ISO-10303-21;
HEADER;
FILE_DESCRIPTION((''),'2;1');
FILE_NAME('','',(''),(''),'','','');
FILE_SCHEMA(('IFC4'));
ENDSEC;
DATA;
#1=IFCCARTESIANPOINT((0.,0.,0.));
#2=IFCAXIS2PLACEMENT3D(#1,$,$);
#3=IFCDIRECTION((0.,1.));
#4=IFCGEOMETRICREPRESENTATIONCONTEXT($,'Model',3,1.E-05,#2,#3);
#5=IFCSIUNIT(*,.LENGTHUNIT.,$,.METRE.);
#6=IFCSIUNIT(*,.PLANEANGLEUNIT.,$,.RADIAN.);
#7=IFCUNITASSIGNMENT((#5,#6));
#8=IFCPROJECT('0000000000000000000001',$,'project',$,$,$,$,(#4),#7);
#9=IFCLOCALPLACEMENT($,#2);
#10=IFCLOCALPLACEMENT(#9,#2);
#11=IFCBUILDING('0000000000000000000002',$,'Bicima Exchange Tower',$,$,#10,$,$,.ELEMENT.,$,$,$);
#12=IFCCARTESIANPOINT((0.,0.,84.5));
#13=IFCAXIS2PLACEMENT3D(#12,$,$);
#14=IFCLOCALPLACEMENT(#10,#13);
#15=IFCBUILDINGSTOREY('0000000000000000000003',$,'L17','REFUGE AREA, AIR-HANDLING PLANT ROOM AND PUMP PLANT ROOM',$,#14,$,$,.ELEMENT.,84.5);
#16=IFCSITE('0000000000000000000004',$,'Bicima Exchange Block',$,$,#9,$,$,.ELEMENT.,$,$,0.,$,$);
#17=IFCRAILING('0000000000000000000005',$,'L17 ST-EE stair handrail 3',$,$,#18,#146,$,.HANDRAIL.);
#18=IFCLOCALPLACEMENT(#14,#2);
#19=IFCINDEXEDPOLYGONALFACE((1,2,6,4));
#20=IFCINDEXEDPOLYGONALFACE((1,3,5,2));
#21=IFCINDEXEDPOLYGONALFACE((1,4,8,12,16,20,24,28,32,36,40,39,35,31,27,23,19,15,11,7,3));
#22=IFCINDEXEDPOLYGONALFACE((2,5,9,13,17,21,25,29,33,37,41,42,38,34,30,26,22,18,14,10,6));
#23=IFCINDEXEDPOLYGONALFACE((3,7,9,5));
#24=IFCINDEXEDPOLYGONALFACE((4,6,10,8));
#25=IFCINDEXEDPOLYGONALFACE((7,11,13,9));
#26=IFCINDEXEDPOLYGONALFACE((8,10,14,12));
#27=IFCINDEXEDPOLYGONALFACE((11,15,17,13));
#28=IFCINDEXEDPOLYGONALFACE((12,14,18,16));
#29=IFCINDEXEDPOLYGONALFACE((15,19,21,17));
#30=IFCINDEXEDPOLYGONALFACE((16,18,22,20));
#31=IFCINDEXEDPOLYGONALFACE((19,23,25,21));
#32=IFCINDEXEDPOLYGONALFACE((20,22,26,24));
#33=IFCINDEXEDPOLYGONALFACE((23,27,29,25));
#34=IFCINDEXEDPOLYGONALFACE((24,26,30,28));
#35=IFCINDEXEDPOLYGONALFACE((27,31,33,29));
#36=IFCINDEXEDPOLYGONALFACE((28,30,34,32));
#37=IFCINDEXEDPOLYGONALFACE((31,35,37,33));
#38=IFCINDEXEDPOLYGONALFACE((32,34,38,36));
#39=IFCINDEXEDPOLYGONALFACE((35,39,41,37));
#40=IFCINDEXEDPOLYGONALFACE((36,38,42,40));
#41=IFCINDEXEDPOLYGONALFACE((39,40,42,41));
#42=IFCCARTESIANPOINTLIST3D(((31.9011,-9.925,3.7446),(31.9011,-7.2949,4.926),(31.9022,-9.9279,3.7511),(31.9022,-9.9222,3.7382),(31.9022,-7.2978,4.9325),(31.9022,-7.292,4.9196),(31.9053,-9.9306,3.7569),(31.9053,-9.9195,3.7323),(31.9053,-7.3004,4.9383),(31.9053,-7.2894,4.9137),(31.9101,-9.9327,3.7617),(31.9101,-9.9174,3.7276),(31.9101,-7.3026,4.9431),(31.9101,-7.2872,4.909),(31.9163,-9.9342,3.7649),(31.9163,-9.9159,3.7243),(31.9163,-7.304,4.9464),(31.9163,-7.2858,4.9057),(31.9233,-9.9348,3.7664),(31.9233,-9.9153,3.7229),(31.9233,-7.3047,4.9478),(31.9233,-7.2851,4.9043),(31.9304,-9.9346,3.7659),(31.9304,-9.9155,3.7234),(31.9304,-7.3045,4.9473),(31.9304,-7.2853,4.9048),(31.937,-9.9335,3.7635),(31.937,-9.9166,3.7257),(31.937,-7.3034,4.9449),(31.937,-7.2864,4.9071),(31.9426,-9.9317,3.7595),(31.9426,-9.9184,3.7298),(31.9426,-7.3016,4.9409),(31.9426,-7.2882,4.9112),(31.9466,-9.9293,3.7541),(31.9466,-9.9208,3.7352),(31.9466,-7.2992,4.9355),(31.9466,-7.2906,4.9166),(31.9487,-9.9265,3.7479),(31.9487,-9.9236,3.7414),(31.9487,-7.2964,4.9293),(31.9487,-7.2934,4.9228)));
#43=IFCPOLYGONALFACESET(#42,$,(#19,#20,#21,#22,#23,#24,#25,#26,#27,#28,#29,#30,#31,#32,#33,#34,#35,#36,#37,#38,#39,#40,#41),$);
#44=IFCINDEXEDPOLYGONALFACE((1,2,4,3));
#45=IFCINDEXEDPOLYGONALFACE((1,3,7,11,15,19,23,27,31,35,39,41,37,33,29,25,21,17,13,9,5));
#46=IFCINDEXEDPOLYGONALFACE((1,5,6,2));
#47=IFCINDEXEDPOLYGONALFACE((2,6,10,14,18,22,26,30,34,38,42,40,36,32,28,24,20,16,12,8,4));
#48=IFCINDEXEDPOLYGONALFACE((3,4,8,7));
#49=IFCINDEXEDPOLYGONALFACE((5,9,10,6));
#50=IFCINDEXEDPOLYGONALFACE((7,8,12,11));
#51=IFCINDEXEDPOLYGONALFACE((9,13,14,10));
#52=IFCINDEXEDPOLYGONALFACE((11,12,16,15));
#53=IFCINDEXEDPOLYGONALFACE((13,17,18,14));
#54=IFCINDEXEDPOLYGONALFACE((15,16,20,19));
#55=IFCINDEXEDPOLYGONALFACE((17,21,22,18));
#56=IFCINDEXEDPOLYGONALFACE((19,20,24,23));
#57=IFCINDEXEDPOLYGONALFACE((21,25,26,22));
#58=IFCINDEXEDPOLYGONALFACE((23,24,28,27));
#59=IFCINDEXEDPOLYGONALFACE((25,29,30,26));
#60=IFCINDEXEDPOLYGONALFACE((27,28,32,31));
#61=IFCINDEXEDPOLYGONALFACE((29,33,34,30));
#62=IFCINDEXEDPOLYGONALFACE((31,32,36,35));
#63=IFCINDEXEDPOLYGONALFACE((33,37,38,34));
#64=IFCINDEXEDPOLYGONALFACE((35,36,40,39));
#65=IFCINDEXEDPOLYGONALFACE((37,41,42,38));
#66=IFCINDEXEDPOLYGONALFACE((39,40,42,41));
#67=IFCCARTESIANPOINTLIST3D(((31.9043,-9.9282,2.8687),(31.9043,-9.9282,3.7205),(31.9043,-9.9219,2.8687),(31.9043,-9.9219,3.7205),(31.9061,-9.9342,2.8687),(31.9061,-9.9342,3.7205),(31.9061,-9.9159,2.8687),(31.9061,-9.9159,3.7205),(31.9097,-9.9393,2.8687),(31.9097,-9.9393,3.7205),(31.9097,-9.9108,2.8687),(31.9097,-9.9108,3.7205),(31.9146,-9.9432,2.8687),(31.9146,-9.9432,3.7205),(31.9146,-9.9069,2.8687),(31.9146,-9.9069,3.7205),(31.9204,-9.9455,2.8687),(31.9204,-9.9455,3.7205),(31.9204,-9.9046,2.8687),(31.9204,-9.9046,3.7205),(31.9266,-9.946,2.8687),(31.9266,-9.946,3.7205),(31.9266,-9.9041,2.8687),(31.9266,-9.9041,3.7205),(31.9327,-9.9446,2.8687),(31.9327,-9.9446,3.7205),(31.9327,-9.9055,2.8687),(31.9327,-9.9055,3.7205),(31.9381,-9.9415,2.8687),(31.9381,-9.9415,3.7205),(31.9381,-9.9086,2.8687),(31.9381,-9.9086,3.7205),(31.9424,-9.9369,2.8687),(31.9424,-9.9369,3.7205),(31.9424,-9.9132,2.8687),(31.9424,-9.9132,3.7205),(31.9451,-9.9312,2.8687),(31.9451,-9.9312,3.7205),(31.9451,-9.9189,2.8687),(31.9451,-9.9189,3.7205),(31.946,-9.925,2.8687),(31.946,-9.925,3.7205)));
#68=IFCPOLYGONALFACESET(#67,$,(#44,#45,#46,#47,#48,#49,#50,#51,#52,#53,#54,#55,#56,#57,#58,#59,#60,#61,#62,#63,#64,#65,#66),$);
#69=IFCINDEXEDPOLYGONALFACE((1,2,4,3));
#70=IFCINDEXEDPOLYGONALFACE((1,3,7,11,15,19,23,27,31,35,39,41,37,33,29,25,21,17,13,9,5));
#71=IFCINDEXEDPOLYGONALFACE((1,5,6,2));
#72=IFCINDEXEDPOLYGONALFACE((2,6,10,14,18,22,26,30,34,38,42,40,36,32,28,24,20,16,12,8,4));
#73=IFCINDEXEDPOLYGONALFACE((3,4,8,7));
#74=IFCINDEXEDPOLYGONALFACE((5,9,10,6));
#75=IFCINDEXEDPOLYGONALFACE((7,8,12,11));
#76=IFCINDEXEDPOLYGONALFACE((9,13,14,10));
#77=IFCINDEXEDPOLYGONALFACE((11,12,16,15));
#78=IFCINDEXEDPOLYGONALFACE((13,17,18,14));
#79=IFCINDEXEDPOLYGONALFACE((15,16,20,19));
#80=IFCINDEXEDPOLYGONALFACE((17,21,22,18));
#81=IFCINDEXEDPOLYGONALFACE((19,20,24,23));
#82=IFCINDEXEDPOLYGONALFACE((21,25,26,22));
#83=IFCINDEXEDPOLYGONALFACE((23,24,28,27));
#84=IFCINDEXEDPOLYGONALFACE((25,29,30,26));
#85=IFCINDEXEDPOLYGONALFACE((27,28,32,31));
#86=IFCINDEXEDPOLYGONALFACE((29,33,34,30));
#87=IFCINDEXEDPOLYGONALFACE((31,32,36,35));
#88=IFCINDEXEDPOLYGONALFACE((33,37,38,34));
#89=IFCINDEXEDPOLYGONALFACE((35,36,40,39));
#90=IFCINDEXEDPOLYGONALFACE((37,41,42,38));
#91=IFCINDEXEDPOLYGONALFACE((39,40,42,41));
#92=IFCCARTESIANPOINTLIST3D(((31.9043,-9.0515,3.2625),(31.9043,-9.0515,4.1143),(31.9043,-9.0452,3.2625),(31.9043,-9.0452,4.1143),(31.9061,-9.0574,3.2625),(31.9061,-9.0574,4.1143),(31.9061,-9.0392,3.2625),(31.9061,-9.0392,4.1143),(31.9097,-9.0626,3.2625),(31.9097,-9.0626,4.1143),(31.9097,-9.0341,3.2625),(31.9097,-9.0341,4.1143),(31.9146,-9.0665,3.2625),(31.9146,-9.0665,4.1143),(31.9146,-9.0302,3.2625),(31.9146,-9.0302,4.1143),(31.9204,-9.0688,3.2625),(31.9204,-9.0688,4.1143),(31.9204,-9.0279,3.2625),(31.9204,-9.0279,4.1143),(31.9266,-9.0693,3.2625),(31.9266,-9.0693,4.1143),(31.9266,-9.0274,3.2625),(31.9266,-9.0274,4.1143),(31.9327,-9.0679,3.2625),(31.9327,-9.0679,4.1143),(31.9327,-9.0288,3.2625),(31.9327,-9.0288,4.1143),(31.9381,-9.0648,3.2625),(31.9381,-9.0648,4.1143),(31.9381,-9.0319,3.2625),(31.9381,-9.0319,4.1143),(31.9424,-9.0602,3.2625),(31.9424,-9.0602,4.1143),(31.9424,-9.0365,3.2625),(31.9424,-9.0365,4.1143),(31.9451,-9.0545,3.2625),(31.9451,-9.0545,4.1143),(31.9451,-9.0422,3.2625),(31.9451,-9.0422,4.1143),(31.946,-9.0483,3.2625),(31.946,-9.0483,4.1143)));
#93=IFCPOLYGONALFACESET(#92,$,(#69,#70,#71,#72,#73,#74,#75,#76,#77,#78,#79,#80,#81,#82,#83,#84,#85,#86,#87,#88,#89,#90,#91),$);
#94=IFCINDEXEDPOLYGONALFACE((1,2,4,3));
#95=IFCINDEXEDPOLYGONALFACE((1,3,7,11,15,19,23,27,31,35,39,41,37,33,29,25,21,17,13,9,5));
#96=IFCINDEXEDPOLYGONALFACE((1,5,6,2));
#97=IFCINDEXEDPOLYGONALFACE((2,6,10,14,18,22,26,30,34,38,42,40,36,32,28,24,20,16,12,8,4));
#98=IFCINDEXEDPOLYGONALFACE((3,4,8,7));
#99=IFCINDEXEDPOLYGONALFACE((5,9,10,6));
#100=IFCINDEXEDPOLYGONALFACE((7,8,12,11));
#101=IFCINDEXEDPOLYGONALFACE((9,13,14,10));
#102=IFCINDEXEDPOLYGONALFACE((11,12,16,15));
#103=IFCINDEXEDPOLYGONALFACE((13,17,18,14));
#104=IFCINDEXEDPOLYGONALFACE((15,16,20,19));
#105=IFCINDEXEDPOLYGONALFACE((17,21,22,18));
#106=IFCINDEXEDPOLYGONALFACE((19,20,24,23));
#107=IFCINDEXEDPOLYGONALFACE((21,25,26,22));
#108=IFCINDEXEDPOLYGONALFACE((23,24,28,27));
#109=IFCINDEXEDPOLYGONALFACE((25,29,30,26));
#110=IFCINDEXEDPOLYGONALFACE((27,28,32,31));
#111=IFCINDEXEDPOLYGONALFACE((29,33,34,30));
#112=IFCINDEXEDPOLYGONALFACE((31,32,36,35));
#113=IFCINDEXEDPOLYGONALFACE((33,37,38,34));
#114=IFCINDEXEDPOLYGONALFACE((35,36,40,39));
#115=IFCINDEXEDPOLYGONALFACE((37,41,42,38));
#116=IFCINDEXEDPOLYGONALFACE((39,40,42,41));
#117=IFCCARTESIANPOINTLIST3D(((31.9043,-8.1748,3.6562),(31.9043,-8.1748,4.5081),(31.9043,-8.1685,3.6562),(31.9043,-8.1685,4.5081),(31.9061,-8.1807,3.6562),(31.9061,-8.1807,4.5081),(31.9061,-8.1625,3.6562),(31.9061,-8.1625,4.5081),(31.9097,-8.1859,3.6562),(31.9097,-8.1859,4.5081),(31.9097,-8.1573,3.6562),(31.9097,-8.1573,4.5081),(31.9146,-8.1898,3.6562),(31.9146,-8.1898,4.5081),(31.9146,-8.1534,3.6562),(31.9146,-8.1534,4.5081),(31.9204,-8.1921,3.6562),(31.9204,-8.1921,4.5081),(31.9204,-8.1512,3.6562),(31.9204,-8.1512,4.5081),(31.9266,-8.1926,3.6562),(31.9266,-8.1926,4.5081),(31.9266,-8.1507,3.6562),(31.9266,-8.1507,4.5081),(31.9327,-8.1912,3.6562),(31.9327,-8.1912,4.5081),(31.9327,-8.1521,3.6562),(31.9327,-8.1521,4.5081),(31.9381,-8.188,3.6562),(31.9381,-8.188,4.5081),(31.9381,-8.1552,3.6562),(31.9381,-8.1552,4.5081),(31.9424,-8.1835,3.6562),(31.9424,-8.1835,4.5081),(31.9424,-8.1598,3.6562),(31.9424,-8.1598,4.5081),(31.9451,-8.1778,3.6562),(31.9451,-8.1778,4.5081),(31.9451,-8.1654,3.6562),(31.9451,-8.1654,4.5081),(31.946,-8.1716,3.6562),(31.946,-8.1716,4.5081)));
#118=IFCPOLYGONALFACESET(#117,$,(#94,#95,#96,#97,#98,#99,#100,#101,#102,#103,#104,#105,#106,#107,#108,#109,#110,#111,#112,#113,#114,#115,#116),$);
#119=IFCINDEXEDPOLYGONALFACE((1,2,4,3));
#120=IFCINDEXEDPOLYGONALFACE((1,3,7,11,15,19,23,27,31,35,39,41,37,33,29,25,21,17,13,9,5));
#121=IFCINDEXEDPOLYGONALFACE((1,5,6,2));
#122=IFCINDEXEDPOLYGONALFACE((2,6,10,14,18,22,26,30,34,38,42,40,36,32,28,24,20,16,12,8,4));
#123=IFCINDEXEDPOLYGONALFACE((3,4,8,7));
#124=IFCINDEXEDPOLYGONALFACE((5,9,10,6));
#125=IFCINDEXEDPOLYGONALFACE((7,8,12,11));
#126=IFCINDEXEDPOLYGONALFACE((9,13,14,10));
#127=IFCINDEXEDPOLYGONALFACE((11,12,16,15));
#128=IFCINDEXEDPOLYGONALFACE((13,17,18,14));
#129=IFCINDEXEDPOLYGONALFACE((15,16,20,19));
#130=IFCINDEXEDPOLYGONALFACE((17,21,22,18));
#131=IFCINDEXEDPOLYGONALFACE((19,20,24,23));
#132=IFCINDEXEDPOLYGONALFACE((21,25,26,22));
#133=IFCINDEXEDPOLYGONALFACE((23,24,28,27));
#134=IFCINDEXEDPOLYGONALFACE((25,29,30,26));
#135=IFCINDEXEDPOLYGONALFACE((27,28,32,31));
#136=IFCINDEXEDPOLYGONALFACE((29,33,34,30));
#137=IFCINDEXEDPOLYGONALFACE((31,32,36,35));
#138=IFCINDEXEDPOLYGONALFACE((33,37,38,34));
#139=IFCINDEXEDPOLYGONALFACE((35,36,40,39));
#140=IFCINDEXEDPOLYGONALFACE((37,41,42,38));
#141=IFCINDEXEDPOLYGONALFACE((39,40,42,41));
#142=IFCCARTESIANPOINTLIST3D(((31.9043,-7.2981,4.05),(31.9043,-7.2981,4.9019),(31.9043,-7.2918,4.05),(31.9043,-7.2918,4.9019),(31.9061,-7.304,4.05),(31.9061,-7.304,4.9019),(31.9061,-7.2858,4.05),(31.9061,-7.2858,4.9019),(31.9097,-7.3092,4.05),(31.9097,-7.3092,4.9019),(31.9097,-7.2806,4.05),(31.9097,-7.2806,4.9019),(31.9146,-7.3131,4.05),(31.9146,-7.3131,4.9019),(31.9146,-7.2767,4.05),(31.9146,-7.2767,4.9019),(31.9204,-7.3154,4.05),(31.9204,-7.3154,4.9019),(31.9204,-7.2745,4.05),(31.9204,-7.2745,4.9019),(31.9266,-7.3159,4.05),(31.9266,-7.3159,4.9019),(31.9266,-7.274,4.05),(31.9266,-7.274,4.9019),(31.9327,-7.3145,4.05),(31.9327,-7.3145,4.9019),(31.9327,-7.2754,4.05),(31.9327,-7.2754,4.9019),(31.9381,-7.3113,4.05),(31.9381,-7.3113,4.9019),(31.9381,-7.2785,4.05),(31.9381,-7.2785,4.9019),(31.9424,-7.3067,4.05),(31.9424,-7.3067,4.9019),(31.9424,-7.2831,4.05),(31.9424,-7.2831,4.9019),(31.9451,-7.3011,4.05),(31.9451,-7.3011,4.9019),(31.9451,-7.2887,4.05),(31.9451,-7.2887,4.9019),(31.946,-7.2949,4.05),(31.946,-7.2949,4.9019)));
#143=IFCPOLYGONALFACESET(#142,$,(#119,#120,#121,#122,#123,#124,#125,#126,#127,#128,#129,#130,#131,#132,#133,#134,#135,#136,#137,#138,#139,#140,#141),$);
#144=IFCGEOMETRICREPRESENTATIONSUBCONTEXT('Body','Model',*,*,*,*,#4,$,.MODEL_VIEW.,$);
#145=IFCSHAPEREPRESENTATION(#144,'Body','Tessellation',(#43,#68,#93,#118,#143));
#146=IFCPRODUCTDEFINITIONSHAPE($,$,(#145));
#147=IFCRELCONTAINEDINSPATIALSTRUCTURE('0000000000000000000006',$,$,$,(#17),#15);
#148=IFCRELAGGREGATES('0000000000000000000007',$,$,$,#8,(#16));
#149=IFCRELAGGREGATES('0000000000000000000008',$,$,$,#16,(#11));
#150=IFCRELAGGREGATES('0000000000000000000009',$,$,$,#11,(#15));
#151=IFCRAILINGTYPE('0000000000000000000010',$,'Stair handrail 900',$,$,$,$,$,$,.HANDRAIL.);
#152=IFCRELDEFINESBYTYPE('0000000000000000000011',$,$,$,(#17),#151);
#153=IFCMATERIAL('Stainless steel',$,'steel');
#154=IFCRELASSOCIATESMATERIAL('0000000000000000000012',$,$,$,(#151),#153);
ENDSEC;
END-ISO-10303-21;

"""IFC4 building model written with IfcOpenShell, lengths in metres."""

from ifc_helpers import new_model, si_unit, direction, frame, origin, origin_2d, place, context, subcontext, project, spatial, circle, extrude, material, type_object, element, save


model = new_model("IFC4")

# Units and contexts
model_context = context("Model", 3, precision=1e-05, world=origin(), true_north=direction((0.0, 1.0)))
body_context = subcontext(model_context, "Body", "Model", "MODEL_VIEW")
ifc_project = project(units=[si_unit("LENGTHUNIT", "METRE"), si_unit("PLANEANGLEUNIT", "RADIAN")], contexts=[model_context])

# Site, building, storey
site_placement = place(None, origin())
site = spatial("IfcSite", under=ifc_project, at=site_placement, Name="Bicima Exchange Block", CompositionType="ELEMENT", RefElevation=0.0)
building_placement = place(site_placement, origin())
building = spatial("IfcBuilding", under=site, at=building_placement, Name="Bicima Exchange Tower", CompositionType="ELEMENT")
storey_placement = place(building_placement, frame((0.0, 0.0, 84.5)))
storey = spatial("IfcBuildingStorey", under=building, at=storey_placement, Name="L17", Description="REFUGE AREA, AIR-HANDLING PLANT ROOM AND PUMP PLANT ROOM", CompositionType="ELEMENT", Elevation=84.5)

# Railing
ifc_material_1 = material(Name="Stainless steel", Category="steel")
railing_type_1 = type_object("IfcRailingType", Name="Stair handrail 900", PredefinedType="HANDRAIL", material=ifc_material_1)
railing_1_placement = place(storey_placement, frame((31.925, -9.925, 2.8687)))
element("IfcRailing", 1, at=railing_1_placement, inside=storey, type_object=railing_type_1, Name="L17 ST-EE stair handrail 3", PredefinedType="HANDRAIL", context=body_context, shape_type="SweptSolid", body=[
    extrude(circle(Radius=0.0239, at=origin_2d()), frame((0.0, 0.0, 0.876), z_axis=(0.0, 0.912202, 0.409741), x_axis=(-1.0, 0.0, 0.0)), (0.0, 0.0, 1.0), 2.8833),
    extrude(circle(Radius=0.021, at=origin_2d()), origin(), (0.0, 0.0, 1.0), 0.8518),
    extrude(circle(Radius=0.021, at=origin_2d()), frame((0.0, 0.8767, 0.3938)), (0.0, 0.0, 1.0), 0.8518),
    extrude(circle(Radius=0.021, at=origin_2d()), frame((0.0, 1.7534, 0.7876)), (0.0, 0.0, 1.0), 0.8518),
    extrude(circle(Radius=0.021, at=origin_2d()), frame((0.0, 2.6301, 1.1814)), (0.0, 0.0, 1.0), 0.8518),
])

save(model, "model.ifc")
